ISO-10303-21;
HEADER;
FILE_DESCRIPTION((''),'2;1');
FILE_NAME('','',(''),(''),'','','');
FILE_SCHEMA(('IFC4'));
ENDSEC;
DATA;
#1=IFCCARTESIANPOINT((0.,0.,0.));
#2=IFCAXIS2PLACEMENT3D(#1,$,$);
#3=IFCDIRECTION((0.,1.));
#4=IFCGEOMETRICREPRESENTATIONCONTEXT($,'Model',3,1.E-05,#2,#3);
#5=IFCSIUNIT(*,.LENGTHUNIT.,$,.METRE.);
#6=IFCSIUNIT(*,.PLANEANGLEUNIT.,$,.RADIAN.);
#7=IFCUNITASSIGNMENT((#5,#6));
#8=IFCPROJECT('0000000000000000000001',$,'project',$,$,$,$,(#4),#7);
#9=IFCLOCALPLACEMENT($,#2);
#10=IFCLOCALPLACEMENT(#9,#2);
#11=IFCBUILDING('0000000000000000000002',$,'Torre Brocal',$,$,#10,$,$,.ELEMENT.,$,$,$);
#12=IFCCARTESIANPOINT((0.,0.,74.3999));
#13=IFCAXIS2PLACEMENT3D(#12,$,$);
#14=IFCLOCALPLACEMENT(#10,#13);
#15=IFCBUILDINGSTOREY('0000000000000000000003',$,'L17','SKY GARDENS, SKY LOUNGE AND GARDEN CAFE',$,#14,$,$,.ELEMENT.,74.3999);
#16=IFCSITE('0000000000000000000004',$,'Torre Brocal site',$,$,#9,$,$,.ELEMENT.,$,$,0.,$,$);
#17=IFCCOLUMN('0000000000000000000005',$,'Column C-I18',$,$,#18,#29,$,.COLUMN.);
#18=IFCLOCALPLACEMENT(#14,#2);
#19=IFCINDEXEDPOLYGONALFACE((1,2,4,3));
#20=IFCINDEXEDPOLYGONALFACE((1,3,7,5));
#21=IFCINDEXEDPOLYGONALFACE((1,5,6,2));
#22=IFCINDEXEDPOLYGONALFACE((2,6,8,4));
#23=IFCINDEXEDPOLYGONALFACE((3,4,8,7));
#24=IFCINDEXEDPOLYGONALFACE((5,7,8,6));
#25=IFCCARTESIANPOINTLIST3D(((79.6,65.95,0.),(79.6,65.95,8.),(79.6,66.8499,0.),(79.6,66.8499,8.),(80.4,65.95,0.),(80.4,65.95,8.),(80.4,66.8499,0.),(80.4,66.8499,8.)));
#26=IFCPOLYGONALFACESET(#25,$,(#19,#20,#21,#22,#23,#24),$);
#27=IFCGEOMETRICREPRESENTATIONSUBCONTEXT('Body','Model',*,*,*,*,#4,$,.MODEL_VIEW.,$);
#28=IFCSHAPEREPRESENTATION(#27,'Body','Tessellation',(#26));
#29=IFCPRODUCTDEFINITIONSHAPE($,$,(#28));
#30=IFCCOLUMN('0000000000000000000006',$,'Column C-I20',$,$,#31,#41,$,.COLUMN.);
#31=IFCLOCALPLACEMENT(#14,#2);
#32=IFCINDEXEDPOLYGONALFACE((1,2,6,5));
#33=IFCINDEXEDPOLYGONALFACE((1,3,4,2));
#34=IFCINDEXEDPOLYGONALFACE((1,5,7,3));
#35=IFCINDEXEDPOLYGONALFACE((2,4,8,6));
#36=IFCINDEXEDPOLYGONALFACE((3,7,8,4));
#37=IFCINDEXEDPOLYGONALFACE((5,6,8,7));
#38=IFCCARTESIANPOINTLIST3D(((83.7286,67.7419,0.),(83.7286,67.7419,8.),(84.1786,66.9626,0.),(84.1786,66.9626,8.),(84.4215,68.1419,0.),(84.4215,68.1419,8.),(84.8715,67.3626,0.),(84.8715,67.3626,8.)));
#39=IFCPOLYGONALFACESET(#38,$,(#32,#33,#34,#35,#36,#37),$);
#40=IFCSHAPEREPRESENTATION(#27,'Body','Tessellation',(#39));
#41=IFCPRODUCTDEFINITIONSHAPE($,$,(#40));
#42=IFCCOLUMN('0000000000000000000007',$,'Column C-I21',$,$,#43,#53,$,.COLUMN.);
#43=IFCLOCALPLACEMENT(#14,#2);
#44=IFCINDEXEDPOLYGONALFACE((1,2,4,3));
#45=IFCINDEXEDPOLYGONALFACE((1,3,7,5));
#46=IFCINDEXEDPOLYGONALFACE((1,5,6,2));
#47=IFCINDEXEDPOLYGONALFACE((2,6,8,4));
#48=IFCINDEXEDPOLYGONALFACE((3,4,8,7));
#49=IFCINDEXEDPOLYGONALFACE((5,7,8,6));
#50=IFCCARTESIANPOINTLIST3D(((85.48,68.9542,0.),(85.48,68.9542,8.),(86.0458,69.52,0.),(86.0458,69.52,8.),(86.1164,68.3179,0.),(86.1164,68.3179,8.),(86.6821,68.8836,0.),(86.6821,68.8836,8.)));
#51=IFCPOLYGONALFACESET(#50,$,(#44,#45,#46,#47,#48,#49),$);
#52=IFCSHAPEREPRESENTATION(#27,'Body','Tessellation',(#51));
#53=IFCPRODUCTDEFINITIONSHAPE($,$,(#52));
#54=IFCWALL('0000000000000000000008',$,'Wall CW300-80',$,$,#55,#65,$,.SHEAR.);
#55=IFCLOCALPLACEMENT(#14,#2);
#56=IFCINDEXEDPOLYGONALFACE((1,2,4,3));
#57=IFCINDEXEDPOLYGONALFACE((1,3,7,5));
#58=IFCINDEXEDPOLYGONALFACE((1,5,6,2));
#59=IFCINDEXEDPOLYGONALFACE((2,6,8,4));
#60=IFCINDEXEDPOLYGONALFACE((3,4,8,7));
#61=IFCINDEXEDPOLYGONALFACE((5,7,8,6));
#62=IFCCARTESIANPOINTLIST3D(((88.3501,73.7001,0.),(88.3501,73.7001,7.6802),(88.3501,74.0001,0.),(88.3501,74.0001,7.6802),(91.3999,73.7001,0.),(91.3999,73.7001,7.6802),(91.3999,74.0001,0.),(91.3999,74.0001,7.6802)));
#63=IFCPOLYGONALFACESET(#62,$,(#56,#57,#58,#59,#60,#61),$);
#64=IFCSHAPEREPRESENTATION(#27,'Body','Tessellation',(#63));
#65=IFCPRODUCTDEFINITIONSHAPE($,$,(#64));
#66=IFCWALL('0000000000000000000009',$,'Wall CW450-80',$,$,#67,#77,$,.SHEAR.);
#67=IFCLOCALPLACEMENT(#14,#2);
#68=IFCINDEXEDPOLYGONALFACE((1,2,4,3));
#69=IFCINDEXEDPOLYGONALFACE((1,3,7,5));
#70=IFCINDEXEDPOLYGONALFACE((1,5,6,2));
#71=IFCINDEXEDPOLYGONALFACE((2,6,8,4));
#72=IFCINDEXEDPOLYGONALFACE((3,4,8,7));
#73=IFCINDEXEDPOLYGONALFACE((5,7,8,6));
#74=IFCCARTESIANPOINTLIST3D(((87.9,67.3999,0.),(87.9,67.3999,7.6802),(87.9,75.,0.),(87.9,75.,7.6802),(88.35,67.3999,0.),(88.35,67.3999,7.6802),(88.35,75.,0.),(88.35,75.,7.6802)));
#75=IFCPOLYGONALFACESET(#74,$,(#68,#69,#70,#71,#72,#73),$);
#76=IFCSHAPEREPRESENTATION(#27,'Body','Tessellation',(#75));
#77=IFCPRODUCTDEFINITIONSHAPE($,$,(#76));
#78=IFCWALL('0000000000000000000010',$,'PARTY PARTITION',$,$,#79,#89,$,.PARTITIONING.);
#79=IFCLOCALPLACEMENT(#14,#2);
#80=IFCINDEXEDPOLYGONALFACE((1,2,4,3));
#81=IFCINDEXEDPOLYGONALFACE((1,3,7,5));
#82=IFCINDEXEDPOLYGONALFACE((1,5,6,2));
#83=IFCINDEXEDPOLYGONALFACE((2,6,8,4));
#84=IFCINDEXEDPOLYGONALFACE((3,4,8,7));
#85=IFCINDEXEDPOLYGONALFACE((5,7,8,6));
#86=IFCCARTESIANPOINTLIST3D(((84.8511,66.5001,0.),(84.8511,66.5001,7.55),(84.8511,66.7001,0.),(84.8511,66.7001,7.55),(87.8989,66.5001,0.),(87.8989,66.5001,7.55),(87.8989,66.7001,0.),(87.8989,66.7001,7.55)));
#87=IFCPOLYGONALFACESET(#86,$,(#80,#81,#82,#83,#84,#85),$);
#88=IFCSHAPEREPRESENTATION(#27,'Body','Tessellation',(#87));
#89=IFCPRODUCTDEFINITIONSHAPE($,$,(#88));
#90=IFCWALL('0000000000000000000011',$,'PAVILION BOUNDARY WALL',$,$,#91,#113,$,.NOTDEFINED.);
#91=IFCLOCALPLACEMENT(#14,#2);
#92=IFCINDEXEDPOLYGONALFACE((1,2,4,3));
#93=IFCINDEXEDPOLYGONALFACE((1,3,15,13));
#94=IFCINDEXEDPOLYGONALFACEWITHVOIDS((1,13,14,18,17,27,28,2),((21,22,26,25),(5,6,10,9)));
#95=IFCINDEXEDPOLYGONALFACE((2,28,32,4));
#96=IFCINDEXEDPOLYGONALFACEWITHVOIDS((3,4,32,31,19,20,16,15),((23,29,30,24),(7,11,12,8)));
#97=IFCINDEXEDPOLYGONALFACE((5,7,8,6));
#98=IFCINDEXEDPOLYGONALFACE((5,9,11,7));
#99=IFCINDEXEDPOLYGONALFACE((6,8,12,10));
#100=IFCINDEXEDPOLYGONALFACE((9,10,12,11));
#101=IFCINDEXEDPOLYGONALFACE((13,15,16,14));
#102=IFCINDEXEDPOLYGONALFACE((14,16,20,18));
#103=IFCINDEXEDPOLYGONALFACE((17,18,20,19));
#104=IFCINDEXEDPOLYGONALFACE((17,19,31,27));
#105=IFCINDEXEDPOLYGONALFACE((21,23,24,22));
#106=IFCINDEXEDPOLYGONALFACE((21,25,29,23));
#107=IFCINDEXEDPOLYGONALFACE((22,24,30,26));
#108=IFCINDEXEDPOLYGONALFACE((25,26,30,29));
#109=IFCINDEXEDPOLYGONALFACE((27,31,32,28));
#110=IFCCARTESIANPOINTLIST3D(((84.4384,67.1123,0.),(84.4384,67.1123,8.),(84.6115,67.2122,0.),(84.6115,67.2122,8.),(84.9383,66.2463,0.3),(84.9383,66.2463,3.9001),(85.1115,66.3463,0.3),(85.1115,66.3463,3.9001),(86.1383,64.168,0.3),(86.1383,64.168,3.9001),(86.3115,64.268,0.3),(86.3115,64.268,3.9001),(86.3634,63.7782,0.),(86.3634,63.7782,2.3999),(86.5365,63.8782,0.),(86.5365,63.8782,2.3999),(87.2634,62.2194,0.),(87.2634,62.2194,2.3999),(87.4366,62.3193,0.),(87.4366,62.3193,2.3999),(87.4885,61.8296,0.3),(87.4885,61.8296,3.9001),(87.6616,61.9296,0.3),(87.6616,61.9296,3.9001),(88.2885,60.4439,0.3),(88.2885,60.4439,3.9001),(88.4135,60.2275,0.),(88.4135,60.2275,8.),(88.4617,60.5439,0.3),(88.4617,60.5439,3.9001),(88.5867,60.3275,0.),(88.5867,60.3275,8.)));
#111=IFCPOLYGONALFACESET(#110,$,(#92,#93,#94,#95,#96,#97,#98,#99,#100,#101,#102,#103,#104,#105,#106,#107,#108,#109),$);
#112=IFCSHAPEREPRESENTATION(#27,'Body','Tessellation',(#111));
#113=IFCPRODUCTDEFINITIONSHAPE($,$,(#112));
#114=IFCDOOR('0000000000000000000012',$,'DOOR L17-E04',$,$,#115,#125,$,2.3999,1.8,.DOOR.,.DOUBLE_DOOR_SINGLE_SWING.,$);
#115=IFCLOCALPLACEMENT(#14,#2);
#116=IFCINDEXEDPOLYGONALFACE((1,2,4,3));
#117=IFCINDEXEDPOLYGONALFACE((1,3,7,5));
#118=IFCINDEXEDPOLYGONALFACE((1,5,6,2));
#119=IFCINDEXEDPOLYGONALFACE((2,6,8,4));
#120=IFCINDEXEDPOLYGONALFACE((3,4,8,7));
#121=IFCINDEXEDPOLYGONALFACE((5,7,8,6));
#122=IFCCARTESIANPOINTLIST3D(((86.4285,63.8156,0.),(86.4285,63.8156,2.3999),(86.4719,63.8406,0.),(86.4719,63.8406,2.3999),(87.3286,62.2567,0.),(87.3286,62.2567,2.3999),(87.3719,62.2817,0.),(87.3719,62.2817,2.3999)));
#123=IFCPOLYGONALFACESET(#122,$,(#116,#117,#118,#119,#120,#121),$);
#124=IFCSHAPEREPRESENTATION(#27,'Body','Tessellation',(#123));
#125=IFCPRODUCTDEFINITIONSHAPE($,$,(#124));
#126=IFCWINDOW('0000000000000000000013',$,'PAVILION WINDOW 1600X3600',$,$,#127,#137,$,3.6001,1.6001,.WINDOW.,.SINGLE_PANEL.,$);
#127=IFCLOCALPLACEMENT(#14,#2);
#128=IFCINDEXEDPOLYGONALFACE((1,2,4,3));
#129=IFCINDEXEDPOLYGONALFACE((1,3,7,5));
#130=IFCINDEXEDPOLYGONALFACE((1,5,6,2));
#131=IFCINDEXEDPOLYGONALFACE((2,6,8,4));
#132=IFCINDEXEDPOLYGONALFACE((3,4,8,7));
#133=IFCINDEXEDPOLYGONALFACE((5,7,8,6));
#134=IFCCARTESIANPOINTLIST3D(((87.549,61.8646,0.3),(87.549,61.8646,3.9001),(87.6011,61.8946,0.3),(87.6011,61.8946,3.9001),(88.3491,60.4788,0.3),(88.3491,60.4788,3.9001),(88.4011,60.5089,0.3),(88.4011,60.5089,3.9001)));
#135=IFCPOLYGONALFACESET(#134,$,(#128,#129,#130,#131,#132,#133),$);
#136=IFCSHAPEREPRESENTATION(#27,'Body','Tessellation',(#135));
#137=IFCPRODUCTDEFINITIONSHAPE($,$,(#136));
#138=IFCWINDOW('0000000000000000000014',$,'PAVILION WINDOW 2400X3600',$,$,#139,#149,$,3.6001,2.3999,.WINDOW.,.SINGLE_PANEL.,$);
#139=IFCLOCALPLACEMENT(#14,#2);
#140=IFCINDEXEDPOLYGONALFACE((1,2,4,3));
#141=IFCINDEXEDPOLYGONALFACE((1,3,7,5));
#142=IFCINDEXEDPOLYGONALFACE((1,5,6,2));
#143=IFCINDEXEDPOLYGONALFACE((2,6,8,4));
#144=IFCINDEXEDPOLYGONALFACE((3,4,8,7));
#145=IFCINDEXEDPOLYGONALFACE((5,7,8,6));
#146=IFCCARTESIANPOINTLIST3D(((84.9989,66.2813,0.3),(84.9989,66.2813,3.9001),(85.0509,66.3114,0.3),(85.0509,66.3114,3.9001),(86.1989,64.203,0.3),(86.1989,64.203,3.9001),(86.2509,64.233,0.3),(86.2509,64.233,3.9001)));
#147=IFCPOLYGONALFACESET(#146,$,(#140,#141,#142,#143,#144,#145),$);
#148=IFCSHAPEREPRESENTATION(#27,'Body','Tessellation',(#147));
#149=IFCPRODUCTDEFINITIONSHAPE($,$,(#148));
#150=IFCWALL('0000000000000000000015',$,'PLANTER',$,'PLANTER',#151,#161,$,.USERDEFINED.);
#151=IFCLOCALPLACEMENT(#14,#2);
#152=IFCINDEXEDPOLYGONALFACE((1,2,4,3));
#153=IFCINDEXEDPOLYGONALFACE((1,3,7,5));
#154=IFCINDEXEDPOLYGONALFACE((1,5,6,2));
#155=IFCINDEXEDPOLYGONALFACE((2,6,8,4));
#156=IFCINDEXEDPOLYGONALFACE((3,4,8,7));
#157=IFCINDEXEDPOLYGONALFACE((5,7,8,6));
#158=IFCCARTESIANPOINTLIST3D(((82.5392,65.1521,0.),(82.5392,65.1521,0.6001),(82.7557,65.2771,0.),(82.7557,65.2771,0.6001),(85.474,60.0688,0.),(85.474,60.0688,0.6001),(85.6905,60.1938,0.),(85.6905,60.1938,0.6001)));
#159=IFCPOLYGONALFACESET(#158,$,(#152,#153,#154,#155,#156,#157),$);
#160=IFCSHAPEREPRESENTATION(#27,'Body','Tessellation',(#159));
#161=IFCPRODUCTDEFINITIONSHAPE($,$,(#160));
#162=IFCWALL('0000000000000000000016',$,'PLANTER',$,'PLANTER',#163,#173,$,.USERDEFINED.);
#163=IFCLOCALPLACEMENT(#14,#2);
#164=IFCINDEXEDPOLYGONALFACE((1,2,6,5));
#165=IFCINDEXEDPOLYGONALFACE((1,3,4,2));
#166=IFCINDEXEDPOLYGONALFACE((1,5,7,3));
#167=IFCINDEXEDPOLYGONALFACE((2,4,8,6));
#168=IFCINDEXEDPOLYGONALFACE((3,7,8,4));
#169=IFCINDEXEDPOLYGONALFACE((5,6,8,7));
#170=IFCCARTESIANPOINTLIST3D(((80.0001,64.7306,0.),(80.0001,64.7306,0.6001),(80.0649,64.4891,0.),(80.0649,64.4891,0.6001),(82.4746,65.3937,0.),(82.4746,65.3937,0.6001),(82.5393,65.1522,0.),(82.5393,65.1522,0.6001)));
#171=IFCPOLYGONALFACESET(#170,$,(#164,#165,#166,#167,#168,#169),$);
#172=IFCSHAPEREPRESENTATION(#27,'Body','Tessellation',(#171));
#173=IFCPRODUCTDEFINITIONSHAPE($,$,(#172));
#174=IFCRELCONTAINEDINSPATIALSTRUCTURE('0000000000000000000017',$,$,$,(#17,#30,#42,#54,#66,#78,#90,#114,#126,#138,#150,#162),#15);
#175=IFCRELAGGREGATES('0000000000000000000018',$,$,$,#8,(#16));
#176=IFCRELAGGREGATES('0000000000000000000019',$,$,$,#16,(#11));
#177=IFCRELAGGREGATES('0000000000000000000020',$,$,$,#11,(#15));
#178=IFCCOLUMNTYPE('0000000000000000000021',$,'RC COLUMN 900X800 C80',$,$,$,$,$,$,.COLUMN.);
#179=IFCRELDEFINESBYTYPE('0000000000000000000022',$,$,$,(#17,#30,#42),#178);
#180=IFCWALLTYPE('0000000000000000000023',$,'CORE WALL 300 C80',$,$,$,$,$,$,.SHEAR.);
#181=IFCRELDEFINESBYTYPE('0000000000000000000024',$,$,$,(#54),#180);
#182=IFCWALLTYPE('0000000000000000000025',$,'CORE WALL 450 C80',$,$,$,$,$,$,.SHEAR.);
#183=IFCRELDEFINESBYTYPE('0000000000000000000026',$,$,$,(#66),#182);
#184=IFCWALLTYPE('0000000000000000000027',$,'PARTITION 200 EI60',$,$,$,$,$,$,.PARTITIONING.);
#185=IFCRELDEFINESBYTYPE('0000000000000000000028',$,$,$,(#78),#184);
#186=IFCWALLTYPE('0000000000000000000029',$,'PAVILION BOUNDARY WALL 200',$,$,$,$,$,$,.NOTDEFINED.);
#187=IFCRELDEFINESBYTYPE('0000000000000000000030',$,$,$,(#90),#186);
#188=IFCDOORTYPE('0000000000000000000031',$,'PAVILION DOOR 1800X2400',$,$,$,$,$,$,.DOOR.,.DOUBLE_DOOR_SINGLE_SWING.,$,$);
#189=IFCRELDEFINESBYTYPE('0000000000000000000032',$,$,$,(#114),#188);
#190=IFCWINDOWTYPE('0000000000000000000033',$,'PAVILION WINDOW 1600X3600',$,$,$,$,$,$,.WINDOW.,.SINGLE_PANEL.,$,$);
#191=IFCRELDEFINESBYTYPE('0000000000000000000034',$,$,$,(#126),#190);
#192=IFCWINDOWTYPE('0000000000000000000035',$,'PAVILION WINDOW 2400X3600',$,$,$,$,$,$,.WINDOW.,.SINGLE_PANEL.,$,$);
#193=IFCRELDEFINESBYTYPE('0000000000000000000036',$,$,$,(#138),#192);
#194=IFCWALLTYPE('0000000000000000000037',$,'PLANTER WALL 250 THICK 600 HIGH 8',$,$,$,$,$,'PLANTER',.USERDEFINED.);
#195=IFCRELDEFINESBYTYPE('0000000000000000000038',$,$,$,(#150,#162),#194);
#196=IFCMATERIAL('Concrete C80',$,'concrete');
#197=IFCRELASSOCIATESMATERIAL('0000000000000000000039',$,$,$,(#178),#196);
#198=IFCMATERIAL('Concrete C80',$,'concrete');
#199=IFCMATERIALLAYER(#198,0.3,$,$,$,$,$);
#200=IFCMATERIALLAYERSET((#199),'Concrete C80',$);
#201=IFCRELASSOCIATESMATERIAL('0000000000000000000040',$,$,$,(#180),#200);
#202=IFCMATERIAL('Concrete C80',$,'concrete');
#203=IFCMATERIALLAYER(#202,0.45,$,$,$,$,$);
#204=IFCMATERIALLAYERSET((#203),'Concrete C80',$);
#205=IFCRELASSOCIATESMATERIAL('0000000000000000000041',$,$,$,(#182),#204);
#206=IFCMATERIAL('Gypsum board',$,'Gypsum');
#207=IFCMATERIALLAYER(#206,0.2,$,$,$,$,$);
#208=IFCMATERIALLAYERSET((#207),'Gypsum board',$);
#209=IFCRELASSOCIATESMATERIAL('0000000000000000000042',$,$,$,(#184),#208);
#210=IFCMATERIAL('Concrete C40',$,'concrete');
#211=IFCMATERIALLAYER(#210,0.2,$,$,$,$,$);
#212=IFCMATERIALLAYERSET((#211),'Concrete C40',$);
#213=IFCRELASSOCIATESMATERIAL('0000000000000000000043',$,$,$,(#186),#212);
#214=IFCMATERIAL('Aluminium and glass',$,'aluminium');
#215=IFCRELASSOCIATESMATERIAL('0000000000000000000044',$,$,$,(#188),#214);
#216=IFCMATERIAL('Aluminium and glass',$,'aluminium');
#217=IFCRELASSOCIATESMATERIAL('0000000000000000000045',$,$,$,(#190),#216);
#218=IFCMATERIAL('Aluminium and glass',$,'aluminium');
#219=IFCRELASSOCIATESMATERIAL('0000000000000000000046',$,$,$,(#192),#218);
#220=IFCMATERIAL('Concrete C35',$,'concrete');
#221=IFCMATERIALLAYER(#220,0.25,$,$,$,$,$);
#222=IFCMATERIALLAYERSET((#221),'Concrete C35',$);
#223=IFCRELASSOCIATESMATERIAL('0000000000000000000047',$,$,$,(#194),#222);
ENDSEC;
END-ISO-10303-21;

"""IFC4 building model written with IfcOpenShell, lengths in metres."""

from ifc_helpers import new_model, si_unit, direction, frame, frame_2d, origin, origin_2d, place, context, subcontext, project, spatial, rectangle, extrude, material, layer, layer_set, material_profile, profile_set, type_object, element, fill, save


model = new_model("IFC4")

# Units and contexts
model_context = context("Model", 3, precision=1e-05, world=origin(), true_north=direction((0.0, 1.0)))
body_context = subcontext(model_context, "Body", "Model", "MODEL_VIEW")
ifc_project = project(units=[si_unit("LENGTHUNIT", "METRE"), si_unit("PLANEANGLEUNIT", "RADIAN")], contexts=[model_context])

# Site, building, storey
site_placement = place(None, origin())
site = spatial("IfcSite", under=ifc_project, at=site_placement, Name="Torre Brocal site", CompositionType="ELEMENT", RefElevation=0.0)
building_placement = place(site_placement, origin())
building = spatial("IfcBuilding", under=site, at=building_placement, Name="Torre Brocal", CompositionType="ELEMENT")
storey_placement = place(building_placement, frame((0.0, 0.0, 74.3999)))
storey = spatial("IfcBuildingStorey", under=building, at=storey_placement, Name="L17", Description="SKY GARDENS, SKY LOUNGE AND GARDEN CAFE", CompositionType="ELEMENT", Elevation=74.3999)

# Columns
ifc_material_1 = material(Name="Concrete C80", Category="concrete")
ifc_material_profile = material_profile(ifc_material_1, rectangle(XDim=0.8999, YDim=0.8, at=origin_2d()), Name="RC 900X800")
ifc_profile_set = profile_set([ifc_material_profile], Name="Concrete C80")
column_type = type_object("IfcColumnType", Name="RC COLUMN 900X800 C80", PredefinedType="COLUMN", material=ifc_profile_set)
for number, where, z_axis, x_axis, name in (
    (1, (80.0, 66.3999, 0.0), (0.0, 0.0, 1.0), (0.0, -1.0, 0.0), "Column C-I18"),
    (2, (84.3, 67.5522, 0.0), (0.0, 0.0, 1.0), (0.5, -0.866025, 0.0), "Column C-I20"),
    (3, (86.0811, 68.9189, 0.0), (0.0, 0.0, 1.0), (0.707107, -0.707107, 0.0), "Column C-I21"),
):
    element("IfcColumn", number, at=place(storey_placement, frame(where, z_axis=z_axis, x_axis=x_axis)), inside=storey, type_object=column_type, Name=name, PredefinedType="COLUMN", context=body_context, shape_type="SweptSolid", body=[
        extrude(rectangle(XDim=0.8999, YDim=0.8, at=origin_2d()), origin(), (0.0, 0.0, 1.0), 8.0),
    ])

# Walls
ifc_material_2 = material(Name="Concrete C80", Category="concrete")
ifc_layer_1 = layer(ifc_material_2, 0.3)
ifc_layer_set_1 = layer_set([ifc_layer_1], Name="Concrete C80")
wall_type_1 = type_object("IfcWallType", Name="CORE WALL 300 C80", PredefinedType="SHEAR", material=ifc_layer_set_1)
wall_1_placement = place(storey_placement, frame((88.3501, 73.8501, 0.0), z_axis=(0.0, 0.0, 1.0), x_axis=(1.0, 0.0, 0.0)))
element("IfcWall", 4, at=wall_1_placement, inside=storey, type_object=wall_type_1, Name="Wall CW300-80", PredefinedType="SHEAR", context=body_context, shape_type="SweptSolid", body=[
    extrude(rectangle(XDim=3.0498, YDim=0.3, at=frame_2d((1.5249, 0.0))), origin(), (0.0, 0.0, 1.0), 7.6802),
])
ifc_material_3 = material(Name="Concrete C80", Category="concrete")
ifc_layer_2 = layer(ifc_material_3, 0.45)
ifc_layer_set_2 = layer_set([ifc_layer_2], Name="Concrete C80")
wall_type_2 = type_object("IfcWallType", Name="CORE WALL 450 C80", PredefinedType="SHEAR", material=ifc_layer_set_2)
wall_2_placement = place(storey_placement, frame((88.125, 67.3999, 0.0), z_axis=(0.0, 0.0, 1.0), x_axis=(0.0, 1.0, 0.0)))
element("IfcWall", 5, at=wall_2_placement, inside=storey, type_object=wall_type_2, Name="Wall CW450-80", PredefinedType="SHEAR", context=body_context, shape_type="SweptSolid", body=[
    extrude(rectangle(XDim=7.6001, YDim=0.45, at=frame_2d((3.8, 0.0))), origin(), (0.0, 0.0, 1.0), 7.6802),
])

# Wall
ifc_material_4 = material(Name="Gypsum board", Category="Gypsum")
ifc_layer_3 = layer(ifc_material_4, 0.2)
ifc_layer_set_3 = layer_set([ifc_layer_3], Name="Gypsum board")
wall_type_3 = type_object("IfcWallType", Name="PARTITION 200 EI60", PredefinedType="PARTITIONING", material=ifc_layer_set_3)
wall_3_placement = place(storey_placement, frame((84.8511, 66.6001, 0.0), z_axis=(0.0, 0.0, 1.0), x_axis=(1.0, 0.0, 0.0)))
element("IfcWall", 6, at=wall_3_placement, inside=storey, type_object=wall_type_3, Name="PARTY PARTITION", PredefinedType="PARTITIONING", context=body_context, shape_type="SweptSolid", body=[
    extrude(rectangle(XDim=3.0479, YDim=0.2, at=frame_2d((1.5239, 0.0))), origin(), (0.0, 0.0, 1.0), 7.55),
])

# Wall, openings, door, windows
ifc_material_5 = material(Name="Concrete C40", Category="concrete")
ifc_layer_4 = layer(ifc_material_5, 0.2)
ifc_layer_set_4 = layer_set([ifc_layer_4], Name="Concrete C40")
wall_type_4 = type_object("IfcWallType", Name="PAVILION BOUNDARY WALL 200", PredefinedType="NOTDEFINED", material=ifc_layer_set_4)
wall_4_placement = place(storey_placement, frame((84.5249, 67.1624, 0.0), z_axis=(0.0, 0.0, 1.0), x_axis=(0.500017, -0.866016, 0.0)))
wall_4 = element("IfcWall", 7, at=wall_4_placement, inside=storey, type_object=wall_type_4, Name="PAVILION BOUNDARY WALL", PredefinedType="NOTDEFINED", context=body_context, shape_type="SweptSolid", body=[
    extrude(rectangle(XDim=7.95, YDim=0.2, at=frame_2d((3.9751, 0.0))), origin(), (0.0, 0.0, 1.0), 8.0),
])
opening_1_placement = place(wall_4_placement, frame((1.0, 0.0, 0.3)))
opening_1 = element("IfcOpeningElement", 8, at=opening_1_placement, cuts=wall_4, PredefinedType="OPENING", context=body_context, shape_type="SweptSolid", body=[
    extrude(rectangle(XDim=2.3999, YDim=3.6001, at=frame_2d((1.2, 1.8))), frame((0.0, 0.1099, 0.0), z_axis=(0.0, -1.0, 0.0), x_axis=(1.0, 0.0, 0.0)), (0.0, 0.0, 1.0), 0.22),
])
opening_2_placement = place(wall_4_placement, frame((3.8501, 0.0, 0.0)))
opening_2 = element("IfcOpeningElement", 9, at=opening_2_placement, cuts=wall_4, PredefinedType="OPENING", context=body_context, shape_type="SweptSolid", body=[
    extrude(rectangle(XDim=1.8, YDim=2.3999, at=frame_2d((0.8999, 1.2))), frame((0.0, 0.1099, 0.0), z_axis=(0.0, -1.0, 0.0), x_axis=(1.0, 0.0, 0.0)), (0.0, 0.0, 1.0), 0.22),
])
opening_3_placement = place(wall_4_placement, frame((6.1001, 0.0, 0.3)))
opening_3 = element("IfcOpeningElement", 10, at=opening_3_placement, cuts=wall_4, PredefinedType="OPENING", context=body_context, shape_type="SweptSolid", body=[
    extrude(rectangle(XDim=1.6001, YDim=3.6001, at=frame_2d((0.8, 1.8))), frame((0.0, 0.1099, 0.0), z_axis=(0.0, -1.0, 0.0), x_axis=(1.0, 0.0, 0.0)), (0.0, 0.0, 1.0), 0.22),
])
ifc_material_6 = material(Name="Aluminium and glass", Category="aluminium")
door_type_1 = type_object("IfcDoorType", Name="PAVILION DOOR 1800X2400", OperationType="DOUBLE_DOOR_SINGLE_SWING", PredefinedType="DOOR", material=ifc_material_6)
door_1_placement = place(opening_2_placement, frame((1.8, 0.0, 0.0), z_axis=(0.0, 0.0, 1.0), x_axis=(-1.0, 0.0, 0.0)))
door_1 = element("IfcDoor", 11, at=door_1_placement, inside=storey, type_object=door_type_1, Name="DOOR L17-E04", OperationType="DOUBLE_DOOR_SINGLE_SWING", OverallHeight=2.3999, OverallWidth=1.8, PredefinedType="DOOR", context=body_context, shape_type="SweptSolid", body=[
    extrude(rectangle(XDim=1.8, YDim=2.3999, at=frame_2d((0.8999, 1.2))), frame((0.0, 0.0249, 0.0), z_axis=(0.0, -1.0, 0.0), x_axis=(1.0, 0.0, 0.0)), (0.0, 0.0, 1.0), 0.05),
])
fill(opening_2, door_1)
ifc_material_7 = material(Name="Aluminium and glass", Category="aluminium")
window_type_1 = type_object("IfcWindowType", Name="PAVILION WINDOW 1600X3600", PartitioningType="SINGLE_PANEL", PredefinedType="WINDOW", material=ifc_material_7)
window_1_placement = place(opening_3_placement, origin())
window_1 = element("IfcWindow", 12, at=window_1_placement, inside=storey, type_object=window_type_1, Name="PAVILION WINDOW 1600X3600", OverallHeight=3.6001, OverallWidth=1.6001, PartitioningType="SINGLE_PANEL", PredefinedType="WINDOW", context=body_context, shape_type="SweptSolid", body=[
    extrude(rectangle(XDim=1.6001, YDim=3.6001, at=frame_2d((0.8, 1.8))), frame((0.0, 0.03, 0.0), z_axis=(0.0, -1.0, 0.0), x_axis=(1.0, 0.0, 0.0)), (0.0, 0.0, 1.0), 0.0601),
])
fill(opening_3, window_1)
ifc_material_8 = material(Name="Aluminium and glass", Category="aluminium")
window_type_2 = type_object("IfcWindowType", Name="PAVILION WINDOW 2400X3600", PartitioningType="SINGLE_PANEL", PredefinedType="WINDOW", material=ifc_material_8)
window_2_placement = place(opening_1_placement, origin())
window_2 = element("IfcWindow", 13, at=window_2_placement, inside=storey, type_object=window_type_2, Name="PAVILION WINDOW 2400X3600", OverallHeight=3.6001, OverallWidth=2.3999, PartitioningType="SINGLE_PANEL", PredefinedType="WINDOW", context=body_context, shape_type="SweptSolid", body=[
    extrude(rectangle(XDim=2.3999, YDim=3.6001, at=frame_2d((1.2, 1.8))), frame((0.0, 0.03, 0.0), z_axis=(0.0, -1.0, 0.0), x_axis=(1.0, 0.0, 0.0)), (0.0, 0.0, 1.0), 0.0601),
])
fill(opening_1, window_2)

# Walls
ifc_material_9 = material(Name="Concrete C35", Category="concrete")
ifc_layer_5 = layer(ifc_material_9, 0.25)
ifc_layer_set_5 = layer_set([ifc_layer_5], Name="Concrete C35")
wall_type_5 = type_object("IfcWallType", Name="PLANTER WALL 250 THICK 600 HIGH 8", ElementType="PLANTER", PredefinedType="USERDEFINED", material=ifc_layer_set_5)
wall_5_placement = place(storey_placement, frame((85.5823, 60.1313, 0.0), z_axis=(0.0, 0.0, 1.0), x_axis=(-0.5, 0.866026, 0.0)))
element("IfcWall", 14, at=wall_5_placement, inside=storey, type_object=wall_type_5, Name="PLANTER", ObjectType="PLANTER", PredefinedType="USERDEFINED", context=body_context, shape_type="SweptSolid", body=[
    extrude(rectangle(XDim=5.8696, YDim=0.25, at=frame_2d((2.9348, 0.0))), origin(), (0.0, 0.0, 1.0), 0.6001),
])
for number, where, z_axis, x_axis, name in (
    (15, (82.5068, 65.2729, 0.0), (0.0, 0.0, 1.0), (-0.965918, -0.258849, 0.0), "PLANTER"),
):
    element("IfcWall", number, at=place(storey_placement, frame(where, z_axis=z_axis, x_axis=x_axis)), inside=storey, type_object=wall_type_5, Name=name, ObjectType="PLANTER", PredefinedType="USERDEFINED", context=body_context, shape_type="SweptSolid", body=[
        extrude(rectangle(XDim=2.5618, YDim=0.25, at=frame_2d((1.2808, 0.0))), origin(), (0.0, 0.0, 1.0), 0.6001),
    ])

save(model, "model.ifc")
